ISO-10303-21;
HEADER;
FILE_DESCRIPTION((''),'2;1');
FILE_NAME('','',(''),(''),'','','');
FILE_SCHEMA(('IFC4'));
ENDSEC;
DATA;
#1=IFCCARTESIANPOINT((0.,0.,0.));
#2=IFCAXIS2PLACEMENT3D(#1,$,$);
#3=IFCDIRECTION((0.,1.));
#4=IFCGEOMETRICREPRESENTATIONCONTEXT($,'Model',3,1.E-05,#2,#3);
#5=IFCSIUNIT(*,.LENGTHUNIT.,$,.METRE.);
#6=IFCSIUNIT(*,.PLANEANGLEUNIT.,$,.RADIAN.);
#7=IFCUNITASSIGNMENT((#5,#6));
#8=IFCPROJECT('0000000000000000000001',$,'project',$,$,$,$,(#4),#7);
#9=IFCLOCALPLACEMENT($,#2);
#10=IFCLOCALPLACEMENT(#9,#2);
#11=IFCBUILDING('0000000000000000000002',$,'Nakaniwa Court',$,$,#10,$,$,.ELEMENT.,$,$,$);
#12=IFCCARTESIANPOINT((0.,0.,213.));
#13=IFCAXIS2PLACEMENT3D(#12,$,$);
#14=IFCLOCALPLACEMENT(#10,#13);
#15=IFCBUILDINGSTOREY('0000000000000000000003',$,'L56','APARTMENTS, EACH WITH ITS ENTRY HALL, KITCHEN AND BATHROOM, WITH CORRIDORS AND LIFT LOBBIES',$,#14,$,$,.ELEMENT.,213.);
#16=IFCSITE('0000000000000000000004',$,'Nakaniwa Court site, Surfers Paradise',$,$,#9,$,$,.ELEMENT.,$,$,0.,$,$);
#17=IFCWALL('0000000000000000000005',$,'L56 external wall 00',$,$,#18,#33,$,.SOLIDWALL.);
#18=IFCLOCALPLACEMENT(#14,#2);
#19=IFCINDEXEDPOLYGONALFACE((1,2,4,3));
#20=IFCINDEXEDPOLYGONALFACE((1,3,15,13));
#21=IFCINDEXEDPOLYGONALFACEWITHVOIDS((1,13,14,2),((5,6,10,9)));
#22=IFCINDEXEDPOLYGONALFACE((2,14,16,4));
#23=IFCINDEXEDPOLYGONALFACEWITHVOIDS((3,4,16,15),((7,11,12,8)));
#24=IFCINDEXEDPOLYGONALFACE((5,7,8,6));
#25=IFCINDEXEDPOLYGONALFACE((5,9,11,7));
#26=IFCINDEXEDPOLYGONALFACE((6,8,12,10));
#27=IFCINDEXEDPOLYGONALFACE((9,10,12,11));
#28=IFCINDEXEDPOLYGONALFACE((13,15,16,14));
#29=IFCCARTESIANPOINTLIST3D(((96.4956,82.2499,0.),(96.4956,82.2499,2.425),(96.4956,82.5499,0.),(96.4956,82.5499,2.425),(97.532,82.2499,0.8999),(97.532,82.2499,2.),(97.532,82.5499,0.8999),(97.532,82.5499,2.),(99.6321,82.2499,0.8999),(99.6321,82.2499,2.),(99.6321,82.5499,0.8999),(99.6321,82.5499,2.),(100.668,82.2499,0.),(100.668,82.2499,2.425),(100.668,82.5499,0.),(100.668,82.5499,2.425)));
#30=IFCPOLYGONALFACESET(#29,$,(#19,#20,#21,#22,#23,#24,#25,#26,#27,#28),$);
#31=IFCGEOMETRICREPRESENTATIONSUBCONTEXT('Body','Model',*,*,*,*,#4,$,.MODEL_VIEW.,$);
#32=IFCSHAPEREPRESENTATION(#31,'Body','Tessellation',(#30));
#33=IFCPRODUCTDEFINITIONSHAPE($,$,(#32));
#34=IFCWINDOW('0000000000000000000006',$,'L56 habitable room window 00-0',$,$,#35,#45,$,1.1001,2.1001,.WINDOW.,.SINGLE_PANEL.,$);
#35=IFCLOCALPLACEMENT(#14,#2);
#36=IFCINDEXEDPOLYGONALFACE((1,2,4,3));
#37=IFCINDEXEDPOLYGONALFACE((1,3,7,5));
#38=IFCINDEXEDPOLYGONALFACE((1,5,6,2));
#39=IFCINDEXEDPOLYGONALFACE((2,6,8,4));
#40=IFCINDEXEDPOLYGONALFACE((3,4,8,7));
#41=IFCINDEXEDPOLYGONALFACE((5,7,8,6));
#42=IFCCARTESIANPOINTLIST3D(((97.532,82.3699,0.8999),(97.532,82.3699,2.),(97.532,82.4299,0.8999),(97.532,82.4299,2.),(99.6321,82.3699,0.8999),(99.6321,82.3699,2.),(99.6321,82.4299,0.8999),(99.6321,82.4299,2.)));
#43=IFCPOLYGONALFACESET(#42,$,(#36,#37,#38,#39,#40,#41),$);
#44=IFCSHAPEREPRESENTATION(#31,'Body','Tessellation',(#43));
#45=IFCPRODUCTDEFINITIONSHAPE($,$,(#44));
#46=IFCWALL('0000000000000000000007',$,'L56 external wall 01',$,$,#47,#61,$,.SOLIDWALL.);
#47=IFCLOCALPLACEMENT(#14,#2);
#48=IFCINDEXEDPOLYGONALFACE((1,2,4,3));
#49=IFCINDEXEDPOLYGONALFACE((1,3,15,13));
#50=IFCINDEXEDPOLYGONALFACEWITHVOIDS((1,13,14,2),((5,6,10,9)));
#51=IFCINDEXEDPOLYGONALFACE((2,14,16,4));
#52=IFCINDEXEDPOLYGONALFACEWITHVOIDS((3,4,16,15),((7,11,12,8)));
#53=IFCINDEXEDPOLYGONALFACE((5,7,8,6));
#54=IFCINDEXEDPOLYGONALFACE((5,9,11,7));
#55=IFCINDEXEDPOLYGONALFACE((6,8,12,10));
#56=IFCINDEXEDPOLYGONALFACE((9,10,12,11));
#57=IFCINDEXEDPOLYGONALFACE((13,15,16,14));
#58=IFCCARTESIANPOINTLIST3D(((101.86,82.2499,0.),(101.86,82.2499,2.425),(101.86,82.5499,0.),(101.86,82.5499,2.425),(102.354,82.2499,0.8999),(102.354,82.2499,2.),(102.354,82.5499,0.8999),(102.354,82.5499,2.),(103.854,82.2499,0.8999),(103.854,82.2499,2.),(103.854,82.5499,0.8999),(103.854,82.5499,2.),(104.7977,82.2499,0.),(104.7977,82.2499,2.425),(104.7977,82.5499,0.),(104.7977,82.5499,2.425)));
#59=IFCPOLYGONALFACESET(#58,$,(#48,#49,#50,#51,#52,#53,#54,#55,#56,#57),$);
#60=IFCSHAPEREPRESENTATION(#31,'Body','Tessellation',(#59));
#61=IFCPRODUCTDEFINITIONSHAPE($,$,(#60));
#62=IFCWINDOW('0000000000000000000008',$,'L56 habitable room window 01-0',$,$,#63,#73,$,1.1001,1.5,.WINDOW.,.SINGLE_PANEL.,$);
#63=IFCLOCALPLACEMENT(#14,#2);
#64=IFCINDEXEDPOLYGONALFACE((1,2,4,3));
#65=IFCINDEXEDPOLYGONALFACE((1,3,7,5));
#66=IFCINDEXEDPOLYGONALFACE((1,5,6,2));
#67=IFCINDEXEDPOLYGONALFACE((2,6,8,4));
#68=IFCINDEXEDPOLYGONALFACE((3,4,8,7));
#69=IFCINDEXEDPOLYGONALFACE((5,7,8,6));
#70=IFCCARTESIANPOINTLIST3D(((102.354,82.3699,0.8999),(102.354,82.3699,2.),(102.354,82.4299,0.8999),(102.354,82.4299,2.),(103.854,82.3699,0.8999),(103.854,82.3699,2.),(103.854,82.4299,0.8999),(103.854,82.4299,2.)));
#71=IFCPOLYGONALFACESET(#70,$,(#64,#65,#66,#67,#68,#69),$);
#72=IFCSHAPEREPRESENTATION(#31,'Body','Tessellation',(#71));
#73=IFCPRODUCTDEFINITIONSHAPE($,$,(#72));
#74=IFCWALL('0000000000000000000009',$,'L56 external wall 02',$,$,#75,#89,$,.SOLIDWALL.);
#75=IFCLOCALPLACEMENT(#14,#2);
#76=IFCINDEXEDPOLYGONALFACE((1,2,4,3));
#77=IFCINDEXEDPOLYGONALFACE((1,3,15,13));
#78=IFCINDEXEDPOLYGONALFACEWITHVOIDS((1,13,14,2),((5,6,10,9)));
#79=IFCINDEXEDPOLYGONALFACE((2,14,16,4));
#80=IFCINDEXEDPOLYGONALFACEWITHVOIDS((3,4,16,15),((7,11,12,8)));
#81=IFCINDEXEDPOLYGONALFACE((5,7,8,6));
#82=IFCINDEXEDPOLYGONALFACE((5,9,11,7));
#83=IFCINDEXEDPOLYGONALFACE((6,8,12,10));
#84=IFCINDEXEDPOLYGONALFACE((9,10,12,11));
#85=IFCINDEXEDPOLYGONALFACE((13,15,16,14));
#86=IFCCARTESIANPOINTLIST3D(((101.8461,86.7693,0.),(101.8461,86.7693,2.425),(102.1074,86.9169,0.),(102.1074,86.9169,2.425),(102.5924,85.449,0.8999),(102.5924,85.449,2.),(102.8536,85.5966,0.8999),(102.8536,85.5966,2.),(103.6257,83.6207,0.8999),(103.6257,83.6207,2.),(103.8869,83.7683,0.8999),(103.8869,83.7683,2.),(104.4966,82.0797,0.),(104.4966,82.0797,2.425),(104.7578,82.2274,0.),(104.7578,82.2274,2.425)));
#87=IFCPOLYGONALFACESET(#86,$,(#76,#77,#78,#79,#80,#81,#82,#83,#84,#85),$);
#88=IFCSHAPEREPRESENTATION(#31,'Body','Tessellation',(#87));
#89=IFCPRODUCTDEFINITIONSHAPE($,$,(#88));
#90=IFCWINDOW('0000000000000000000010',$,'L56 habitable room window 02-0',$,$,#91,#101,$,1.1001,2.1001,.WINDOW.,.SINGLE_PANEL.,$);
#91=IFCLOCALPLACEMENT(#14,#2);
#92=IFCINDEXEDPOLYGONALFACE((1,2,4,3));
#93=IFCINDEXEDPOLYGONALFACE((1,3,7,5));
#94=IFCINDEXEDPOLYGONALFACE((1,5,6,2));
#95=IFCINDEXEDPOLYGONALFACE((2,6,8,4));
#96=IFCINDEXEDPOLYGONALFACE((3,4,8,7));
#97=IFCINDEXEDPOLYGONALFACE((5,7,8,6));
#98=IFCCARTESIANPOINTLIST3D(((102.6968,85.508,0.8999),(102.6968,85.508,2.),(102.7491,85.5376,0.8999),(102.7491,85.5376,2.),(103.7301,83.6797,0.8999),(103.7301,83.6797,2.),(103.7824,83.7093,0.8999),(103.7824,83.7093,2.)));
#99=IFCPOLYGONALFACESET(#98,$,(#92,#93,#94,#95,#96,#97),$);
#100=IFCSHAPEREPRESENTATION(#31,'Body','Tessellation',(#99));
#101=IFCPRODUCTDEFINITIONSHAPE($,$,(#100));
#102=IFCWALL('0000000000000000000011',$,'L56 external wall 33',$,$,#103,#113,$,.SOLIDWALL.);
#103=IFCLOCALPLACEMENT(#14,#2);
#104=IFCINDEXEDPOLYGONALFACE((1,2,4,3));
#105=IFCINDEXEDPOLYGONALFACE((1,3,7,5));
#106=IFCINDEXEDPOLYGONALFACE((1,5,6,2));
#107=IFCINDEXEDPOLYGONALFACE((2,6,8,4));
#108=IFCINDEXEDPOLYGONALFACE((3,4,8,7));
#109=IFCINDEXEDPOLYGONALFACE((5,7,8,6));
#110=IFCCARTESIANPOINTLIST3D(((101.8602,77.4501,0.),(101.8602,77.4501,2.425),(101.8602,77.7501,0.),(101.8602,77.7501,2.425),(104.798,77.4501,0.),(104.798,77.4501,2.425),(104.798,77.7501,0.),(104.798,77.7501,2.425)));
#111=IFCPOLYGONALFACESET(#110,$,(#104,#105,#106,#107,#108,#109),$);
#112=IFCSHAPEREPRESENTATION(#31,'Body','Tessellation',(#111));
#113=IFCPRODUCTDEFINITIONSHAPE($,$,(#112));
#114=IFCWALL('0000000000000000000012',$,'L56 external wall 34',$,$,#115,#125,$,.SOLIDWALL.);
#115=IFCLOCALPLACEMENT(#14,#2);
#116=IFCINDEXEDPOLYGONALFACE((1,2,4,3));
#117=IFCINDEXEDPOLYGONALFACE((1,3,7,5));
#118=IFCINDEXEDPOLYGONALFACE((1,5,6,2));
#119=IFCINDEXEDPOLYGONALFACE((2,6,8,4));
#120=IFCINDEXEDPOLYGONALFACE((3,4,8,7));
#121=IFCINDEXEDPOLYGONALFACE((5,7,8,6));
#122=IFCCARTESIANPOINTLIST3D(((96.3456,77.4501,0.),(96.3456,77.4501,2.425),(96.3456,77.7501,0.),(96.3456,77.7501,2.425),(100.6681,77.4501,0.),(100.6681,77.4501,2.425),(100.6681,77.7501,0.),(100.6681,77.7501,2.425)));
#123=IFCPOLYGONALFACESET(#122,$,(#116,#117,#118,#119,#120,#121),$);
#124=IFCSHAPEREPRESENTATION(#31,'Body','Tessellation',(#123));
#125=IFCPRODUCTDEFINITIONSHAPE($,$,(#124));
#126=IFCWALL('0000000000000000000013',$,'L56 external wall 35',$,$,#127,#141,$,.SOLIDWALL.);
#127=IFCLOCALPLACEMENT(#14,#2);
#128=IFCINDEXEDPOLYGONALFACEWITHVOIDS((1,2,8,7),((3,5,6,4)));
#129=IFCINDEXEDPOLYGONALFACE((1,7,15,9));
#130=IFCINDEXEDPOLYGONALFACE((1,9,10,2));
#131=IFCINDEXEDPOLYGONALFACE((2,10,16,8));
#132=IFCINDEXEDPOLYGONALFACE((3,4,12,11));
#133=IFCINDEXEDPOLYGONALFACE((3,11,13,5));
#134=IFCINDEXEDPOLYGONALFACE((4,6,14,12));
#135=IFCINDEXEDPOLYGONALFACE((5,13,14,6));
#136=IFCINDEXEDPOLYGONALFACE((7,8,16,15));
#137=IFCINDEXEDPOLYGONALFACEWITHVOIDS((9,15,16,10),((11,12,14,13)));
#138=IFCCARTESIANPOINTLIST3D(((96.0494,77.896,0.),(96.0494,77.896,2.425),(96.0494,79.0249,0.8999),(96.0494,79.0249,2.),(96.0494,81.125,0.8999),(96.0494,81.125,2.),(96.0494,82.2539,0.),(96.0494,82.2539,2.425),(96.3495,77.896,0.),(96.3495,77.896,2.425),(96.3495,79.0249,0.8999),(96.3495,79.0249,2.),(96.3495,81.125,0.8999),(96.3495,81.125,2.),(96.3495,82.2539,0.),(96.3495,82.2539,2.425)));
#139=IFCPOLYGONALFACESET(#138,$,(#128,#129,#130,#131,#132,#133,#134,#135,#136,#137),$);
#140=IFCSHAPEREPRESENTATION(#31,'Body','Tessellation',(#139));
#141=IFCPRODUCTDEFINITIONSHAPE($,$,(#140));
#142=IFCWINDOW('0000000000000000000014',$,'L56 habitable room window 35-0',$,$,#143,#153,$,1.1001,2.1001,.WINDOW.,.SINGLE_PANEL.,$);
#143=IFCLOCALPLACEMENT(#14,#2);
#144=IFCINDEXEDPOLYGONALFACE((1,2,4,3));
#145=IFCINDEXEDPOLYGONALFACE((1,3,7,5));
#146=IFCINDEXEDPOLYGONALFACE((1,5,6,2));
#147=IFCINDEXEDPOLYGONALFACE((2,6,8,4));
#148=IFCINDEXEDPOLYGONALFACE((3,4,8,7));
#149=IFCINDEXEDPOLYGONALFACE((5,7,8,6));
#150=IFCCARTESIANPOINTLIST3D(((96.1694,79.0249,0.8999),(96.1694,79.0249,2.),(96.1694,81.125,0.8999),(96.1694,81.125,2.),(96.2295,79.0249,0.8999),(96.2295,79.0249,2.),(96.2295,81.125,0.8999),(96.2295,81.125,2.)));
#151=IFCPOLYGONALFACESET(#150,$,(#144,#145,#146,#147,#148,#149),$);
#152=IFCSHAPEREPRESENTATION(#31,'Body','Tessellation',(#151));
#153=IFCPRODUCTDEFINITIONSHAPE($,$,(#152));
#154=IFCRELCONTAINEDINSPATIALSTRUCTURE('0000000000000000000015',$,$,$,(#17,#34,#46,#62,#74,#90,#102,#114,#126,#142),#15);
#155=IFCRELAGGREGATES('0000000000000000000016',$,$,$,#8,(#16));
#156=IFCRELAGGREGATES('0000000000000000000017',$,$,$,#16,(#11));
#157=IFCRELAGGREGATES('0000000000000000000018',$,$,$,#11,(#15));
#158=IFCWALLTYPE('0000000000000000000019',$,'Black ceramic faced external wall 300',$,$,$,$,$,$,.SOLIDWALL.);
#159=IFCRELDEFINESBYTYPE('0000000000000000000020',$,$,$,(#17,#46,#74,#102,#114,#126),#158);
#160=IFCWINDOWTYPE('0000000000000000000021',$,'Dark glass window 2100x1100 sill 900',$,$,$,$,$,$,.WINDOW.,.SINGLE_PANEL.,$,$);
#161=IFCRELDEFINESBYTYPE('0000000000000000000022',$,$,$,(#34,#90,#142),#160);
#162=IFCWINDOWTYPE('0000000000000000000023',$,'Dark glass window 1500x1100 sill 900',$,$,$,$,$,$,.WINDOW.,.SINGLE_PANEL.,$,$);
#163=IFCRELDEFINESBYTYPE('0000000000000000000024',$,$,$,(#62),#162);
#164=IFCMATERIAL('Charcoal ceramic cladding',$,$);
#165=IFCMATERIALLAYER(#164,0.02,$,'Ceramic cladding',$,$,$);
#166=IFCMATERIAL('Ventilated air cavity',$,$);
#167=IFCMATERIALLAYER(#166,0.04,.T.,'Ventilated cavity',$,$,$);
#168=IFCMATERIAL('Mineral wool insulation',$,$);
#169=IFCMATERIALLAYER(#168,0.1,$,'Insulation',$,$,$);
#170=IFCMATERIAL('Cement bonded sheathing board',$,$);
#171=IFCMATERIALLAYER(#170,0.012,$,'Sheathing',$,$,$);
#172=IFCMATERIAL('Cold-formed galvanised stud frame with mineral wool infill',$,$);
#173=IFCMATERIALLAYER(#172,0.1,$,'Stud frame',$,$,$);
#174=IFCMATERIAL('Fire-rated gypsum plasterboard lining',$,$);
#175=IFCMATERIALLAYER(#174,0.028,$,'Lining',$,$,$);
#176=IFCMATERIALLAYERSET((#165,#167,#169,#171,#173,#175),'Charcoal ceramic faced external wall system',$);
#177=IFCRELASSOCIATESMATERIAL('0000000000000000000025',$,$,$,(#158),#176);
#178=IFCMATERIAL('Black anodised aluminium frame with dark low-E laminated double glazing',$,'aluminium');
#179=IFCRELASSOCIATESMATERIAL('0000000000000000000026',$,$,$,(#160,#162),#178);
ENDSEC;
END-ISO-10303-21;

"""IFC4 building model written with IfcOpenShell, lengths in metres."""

from ifc_helpers import new_model, si_unit, direction, frame, frame_2d, origin, place, context, subcontext, project, spatial, rectangle, extrude, material, layer, layer_set, type_object, element, fill, save


model = new_model("IFC4")

# Units and contexts
model_context = context("Model", 3, precision=1e-05, world=origin(), true_north=direction((0.0, 1.0)))
body_context = subcontext(model_context, "Body", "Model", "MODEL_VIEW")
ifc_project = project(units=[si_unit("LENGTHUNIT", "METRE"), si_unit("PLANEANGLEUNIT", "RADIAN")], contexts=[model_context])

# Site, building, storey
site_placement = place(None, origin())
site = spatial("IfcSite", under=ifc_project, at=site_placement, Name="Nakaniwa Court site, Surfers Paradise", CompositionType="ELEMENT", RefElevation=0.0)
building_placement = place(site_placement, origin())
building = spatial("IfcBuilding", under=site, at=building_placement, Name="Nakaniwa Court", CompositionType="ELEMENT")
storey_placement = place(building_placement, frame((0.0, 0.0, 213.0)))
storey = spatial("IfcBuildingStorey", under=building, at=storey_placement, Name="L56", Description="APARTMENTS, EACH WITH ITS ENTRY HALL, KITCHEN AND BATHROOM, WITH CORRIDORS AND LIFT LOBBIES", CompositionType="ELEMENT", Elevation=213.0)

# Walls, openings, windows
ifc_material_1 = material(Name="Charcoal ceramic cladding")
ifc_layer_1 = layer(ifc_material_1, 0.02, Name="Ceramic cladding")
ifc_material_2 = material(Name="Ventilated air cavity")
ifc_layer_2 = layer(ifc_material_2, 0.04, ventilated=True, Name="Ventilated cavity")
ifc_material_3 = material(Name="Mineral wool insulation")
ifc_layer_3 = layer(ifc_material_3, 0.1, Name="Insulation")
ifc_material_4 = material(Name="Cement bonded sheathing board")
ifc_layer_4 = layer(ifc_material_4, 0.012, Name="Sheathing")
ifc_material_5 = material(Name="Cold-formed galvanised stud frame with mineral wool infill")
ifc_layer_5 = layer(ifc_material_5, 0.1, Name="Stud frame")
ifc_material_6 = material(Name="Fire-rated gypsum plasterboard lining")
ifc_layer_6 = layer(ifc_material_6, 0.028, Name="Lining")
ifc_layer_set_1 = layer_set([ifc_layer_1, ifc_layer_2, ifc_layer_3, ifc_layer_4, ifc_layer_5, ifc_layer_6], Name="Charcoal ceramic faced external wall system")
wall_type_1 = type_object("IfcWallType", Name="Black ceramic faced external wall 300", PredefinedType="SOLIDWALL", material=ifc_layer_set_1)
wall_1_placement = place(storey_placement, frame((96.4956, 82.3999, 0.0), z_axis=(0.0, 0.0, 1.0), x_axis=(1.0, 0.0, 0.0)))
wall_1 = element("IfcWall", 1, at=wall_1_placement, inside=storey, type_object=wall_type_1, Name="L56 external wall 00", PredefinedType="SOLIDWALL", context=body_context, shape_type="SweptSolid", body=[
    extrude(rectangle(XDim=4.1724, YDim=0.3, at=frame_2d((2.0862, 0.0))), origin(), (0.0, 0.0, 1.0), 2.425),
])
opening_1_placement = place(wall_1_placement, frame((1.0364, 0.0, 0.8999)))
opening_1 = element("IfcOpeningElement", 2, at=opening_1_placement, cuts=wall_1, PredefinedType="OPENING", context=body_context, shape_type="SweptSolid", body=[
    extrude(rectangle(XDim=2.1001, YDim=1.1001, at=frame_2d((1.05, 0.55))), frame((0.0, 0.1599, 0.0), z_axis=(0.0, -1.0, 0.0), x_axis=(1.0, 0.0, 0.0)), (0.0, 0.0, 1.0), 0.3201),
])
ifc_material_7 = material(Name="Black anodised aluminium frame with dark low-E laminated double glazing", Category="aluminium")
window_type_1 = type_object("IfcWindowType", Name="Dark glass window 2100x1100 sill 900", PartitioningType="SINGLE_PANEL", PredefinedType="WINDOW", material=ifc_material_7)
window_1_placement = place(opening_1_placement, origin())
window_1 = element("IfcWindow", 3, at=window_1_placement, inside=storey, type_object=window_type_1, Name="L56 habitable room window 00-0", OverallHeight=1.1001, OverallWidth=2.1001, PartitioningType="SINGLE_PANEL", PredefinedType="WINDOW", context=body_context, shape_type="SweptSolid", body=[
    extrude(rectangle(XDim=2.1001, YDim=1.1001, at=frame_2d((1.05, 0.55))), frame((0.0, 0.03, 0.0), z_axis=(0.0, -1.0, 0.0), x_axis=(1.0, 0.0, 0.0)), (0.0, 0.0, 1.0), 0.0601),
])
fill(opening_1, window_1)
wall_2_placement = place(storey_placement, frame((101.8601, 82.3999, 0.0), z_axis=(0.0, 0.0, 1.0), x_axis=(1.0, 0.0, 0.0)))
wall_2 = element("IfcWall", 4, at=wall_2_placement, inside=storey, type_object=wall_type_1, Name="L56 external wall 01", PredefinedType="SOLIDWALL", context=body_context, shape_type="SweptSolid", body=[
    extrude(rectangle(XDim=2.9377, YDim=0.3, at=frame_2d((1.4688, 0.0))), origin(), (0.0, 0.0, 1.0), 2.425),
])
opening_2_placement = place(wall_2_placement, frame((0.4939, 0.0, 0.8999)))
opening_2 = element("IfcOpeningElement", 5, at=opening_2_placement, cuts=wall_2, PredefinedType="OPENING", context=body_context, shape_type="SweptSolid", body=[
    extrude(rectangle(XDim=1.5, YDim=1.1001, at=frame_2d((0.75, 0.55))), frame((0.0, 0.1599, 0.0), z_axis=(0.0, -1.0, 0.0), x_axis=(1.0, 0.0, 0.0)), (0.0, 0.0, 1.0), 0.3201),
])
window_type_2 = type_object("IfcWindowType", Name="Dark glass window 1500x1100 sill 900", PartitioningType="SINGLE_PANEL", PredefinedType="WINDOW", material=ifc_material_7)
window_2_placement = place(opening_2_placement, origin())
window_2 = element("IfcWindow", 6, at=window_2_placement, inside=storey, type_object=window_type_2, Name="L56 habitable room window 01-0", OverallHeight=1.1001, OverallWidth=1.5, PartitioningType="SINGLE_PANEL", PredefinedType="WINDOW", context=body_context, shape_type="SweptSolid", body=[
    extrude(rectangle(XDim=1.5, YDim=1.1001, at=frame_2d((0.75, 0.55))), frame((0.0, 0.03, 0.0), z_axis=(0.0, -1.0, 0.0), x_axis=(1.0, 0.0, 0.0)), (0.0, 0.0, 1.0), 0.0601),
])
fill(opening_2, window_2)
wall_3_placement = place(storey_placement, frame((104.6272, 82.1536, 0.0), z_axis=(0.0, 0.0, 1.0), x_axis=(-0.492033, 0.870576, 0.0)))
wall_3 = element("IfcWall", 7, at=wall_3_placement, inside=storey, type_object=wall_type_1, Name="L56 external wall 02", PredefinedType="SOLIDWALL", context=body_context, shape_type="SweptSolid", body=[
    extrude(rectangle(XDim=5.3867, YDim=0.3, at=frame_2d((2.6934, 0.0))), origin(), (0.0, 0.0, 1.0), 2.425),
])
opening_3_placement = place(wall_3_placement, frame((1.77, 0.0, 0.8999)))
opening_3 = element("IfcOpeningElement", 8, at=opening_3_placement, cuts=wall_3, PredefinedType="OPENING", context=body_context, shape_type="SweptSolid", body=[
    extrude(rectangle(XDim=2.1001, YDim=1.1001, at=frame_2d((1.05, 0.55))), frame((0.0, 0.1599, 0.0), z_axis=(0.0, -1.0, 0.0), x_axis=(1.0, 0.0, 0.0)), (0.0, 0.0, 1.0), 0.3201),
])
window_3_placement = place(opening_3_placement, origin())
window_3 = element("IfcWindow", 9, at=window_3_placement, inside=storey, type_object=window_type_1, Name="L56 habitable room window 02-0", OverallHeight=1.1001, OverallWidth=2.1001, PartitioningType="SINGLE_PANEL", PredefinedType="WINDOW", context=body_context, shape_type="SweptSolid", body=[
    extrude(rectangle(XDim=2.1001, YDim=1.1001, at=frame_2d((1.05, 0.55))), frame((0.0, 0.03, 0.0), z_axis=(0.0, -1.0, 0.0), x_axis=(1.0, 0.0, 0.0)), (0.0, 0.0, 1.0), 0.0601),
])
fill(opening_3, window_3)

# Walls
wall_4_placement = place(storey_placement, frame((104.7979, 77.6001, 0.0), z_axis=(0.0, 0.0, 1.0), x_axis=(-1.0, 0.0, 0.0)))
element("IfcWall", 10, at=wall_4_placement, inside=storey, type_object=wall_type_1, Name="L56 external wall 33", PredefinedType="SOLIDWALL", context=body_context, shape_type="SweptSolid", body=[
    extrude(rectangle(XDim=2.9377, YDim=0.3, at=frame_2d((1.4688, 0.0))), origin(), (0.0, 0.0, 1.0), 2.425),
])
wall_5_placement = place(storey_placement, frame((100.668, 77.6001, 0.0), z_axis=(0.0, 0.0, 1.0), x_axis=(-1.0, 0.0, 0.0)))
element("IfcWall", 11, at=wall_5_placement, inside=storey, type_object=wall_type_1, Name="L56 external wall 34", PredefinedType="SOLIDWALL", context=body_context, shape_type="SweptSolid", body=[
    extrude(rectangle(XDim=4.3225, YDim=0.3, at=frame_2d((2.1611, 0.0))), origin(), (0.0, 0.0, 1.0), 2.425),
])

# Wall, opening, window
wall_6_placement = place(storey_placement, frame((96.1995, 77.896, 0.0), z_axis=(0.0, 0.0, 1.0), x_axis=(0.0, 1.0, 0.0)))
wall_6 = element("IfcWall", 12, at=wall_6_placement, inside=storey, type_object=wall_type_1, Name="L56 external wall 35", PredefinedType="SOLIDWALL", context=body_context, shape_type="SweptSolid", body=[
    extrude(rectangle(XDim=4.3579, YDim=0.3, at=frame_2d((2.179, 0.0))), origin(), (0.0, 0.0, 1.0), 2.425),
])
opening_4_placement = place(wall_6_placement, frame((1.1289, 0.0, 0.8999)))
opening_4 = element("IfcOpeningElement", 13, at=opening_4_placement, cuts=wall_6, PredefinedType="OPENING", context=body_context, shape_type="SweptSolid", body=[
    extrude(rectangle(XDim=2.1001, YDim=1.1001, at=frame_2d((1.05, 0.55))), frame((0.0, 0.1599, 0.0), z_axis=(0.0, -1.0, 0.0), x_axis=(1.0, 0.0, 0.0)), (0.0, 0.0, 1.0), 0.3201),
])
window_4_placement = place(opening_4_placement, origin())
window_4 = element("IfcWindow", 14, at=window_4_placement, inside=storey, type_object=window_type_1, Name="L56 habitable room window 35-0", OverallHeight=1.1001, OverallWidth=2.1001, PartitioningType="SINGLE_PANEL", PredefinedType="WINDOW", context=body_context, shape_type="SweptSolid", body=[
    extrude(rectangle(XDim=2.1001, YDim=1.1001, at=frame_2d((1.05, 0.55))), frame((0.0, 0.03, 0.0), z_axis=(0.0, -1.0, 0.0), x_axis=(1.0, 0.0, 0.0)), (0.0, 0.0, 1.0), 0.0601),
])
fill(opening_4, window_4)

save(model, "model.ifc")
